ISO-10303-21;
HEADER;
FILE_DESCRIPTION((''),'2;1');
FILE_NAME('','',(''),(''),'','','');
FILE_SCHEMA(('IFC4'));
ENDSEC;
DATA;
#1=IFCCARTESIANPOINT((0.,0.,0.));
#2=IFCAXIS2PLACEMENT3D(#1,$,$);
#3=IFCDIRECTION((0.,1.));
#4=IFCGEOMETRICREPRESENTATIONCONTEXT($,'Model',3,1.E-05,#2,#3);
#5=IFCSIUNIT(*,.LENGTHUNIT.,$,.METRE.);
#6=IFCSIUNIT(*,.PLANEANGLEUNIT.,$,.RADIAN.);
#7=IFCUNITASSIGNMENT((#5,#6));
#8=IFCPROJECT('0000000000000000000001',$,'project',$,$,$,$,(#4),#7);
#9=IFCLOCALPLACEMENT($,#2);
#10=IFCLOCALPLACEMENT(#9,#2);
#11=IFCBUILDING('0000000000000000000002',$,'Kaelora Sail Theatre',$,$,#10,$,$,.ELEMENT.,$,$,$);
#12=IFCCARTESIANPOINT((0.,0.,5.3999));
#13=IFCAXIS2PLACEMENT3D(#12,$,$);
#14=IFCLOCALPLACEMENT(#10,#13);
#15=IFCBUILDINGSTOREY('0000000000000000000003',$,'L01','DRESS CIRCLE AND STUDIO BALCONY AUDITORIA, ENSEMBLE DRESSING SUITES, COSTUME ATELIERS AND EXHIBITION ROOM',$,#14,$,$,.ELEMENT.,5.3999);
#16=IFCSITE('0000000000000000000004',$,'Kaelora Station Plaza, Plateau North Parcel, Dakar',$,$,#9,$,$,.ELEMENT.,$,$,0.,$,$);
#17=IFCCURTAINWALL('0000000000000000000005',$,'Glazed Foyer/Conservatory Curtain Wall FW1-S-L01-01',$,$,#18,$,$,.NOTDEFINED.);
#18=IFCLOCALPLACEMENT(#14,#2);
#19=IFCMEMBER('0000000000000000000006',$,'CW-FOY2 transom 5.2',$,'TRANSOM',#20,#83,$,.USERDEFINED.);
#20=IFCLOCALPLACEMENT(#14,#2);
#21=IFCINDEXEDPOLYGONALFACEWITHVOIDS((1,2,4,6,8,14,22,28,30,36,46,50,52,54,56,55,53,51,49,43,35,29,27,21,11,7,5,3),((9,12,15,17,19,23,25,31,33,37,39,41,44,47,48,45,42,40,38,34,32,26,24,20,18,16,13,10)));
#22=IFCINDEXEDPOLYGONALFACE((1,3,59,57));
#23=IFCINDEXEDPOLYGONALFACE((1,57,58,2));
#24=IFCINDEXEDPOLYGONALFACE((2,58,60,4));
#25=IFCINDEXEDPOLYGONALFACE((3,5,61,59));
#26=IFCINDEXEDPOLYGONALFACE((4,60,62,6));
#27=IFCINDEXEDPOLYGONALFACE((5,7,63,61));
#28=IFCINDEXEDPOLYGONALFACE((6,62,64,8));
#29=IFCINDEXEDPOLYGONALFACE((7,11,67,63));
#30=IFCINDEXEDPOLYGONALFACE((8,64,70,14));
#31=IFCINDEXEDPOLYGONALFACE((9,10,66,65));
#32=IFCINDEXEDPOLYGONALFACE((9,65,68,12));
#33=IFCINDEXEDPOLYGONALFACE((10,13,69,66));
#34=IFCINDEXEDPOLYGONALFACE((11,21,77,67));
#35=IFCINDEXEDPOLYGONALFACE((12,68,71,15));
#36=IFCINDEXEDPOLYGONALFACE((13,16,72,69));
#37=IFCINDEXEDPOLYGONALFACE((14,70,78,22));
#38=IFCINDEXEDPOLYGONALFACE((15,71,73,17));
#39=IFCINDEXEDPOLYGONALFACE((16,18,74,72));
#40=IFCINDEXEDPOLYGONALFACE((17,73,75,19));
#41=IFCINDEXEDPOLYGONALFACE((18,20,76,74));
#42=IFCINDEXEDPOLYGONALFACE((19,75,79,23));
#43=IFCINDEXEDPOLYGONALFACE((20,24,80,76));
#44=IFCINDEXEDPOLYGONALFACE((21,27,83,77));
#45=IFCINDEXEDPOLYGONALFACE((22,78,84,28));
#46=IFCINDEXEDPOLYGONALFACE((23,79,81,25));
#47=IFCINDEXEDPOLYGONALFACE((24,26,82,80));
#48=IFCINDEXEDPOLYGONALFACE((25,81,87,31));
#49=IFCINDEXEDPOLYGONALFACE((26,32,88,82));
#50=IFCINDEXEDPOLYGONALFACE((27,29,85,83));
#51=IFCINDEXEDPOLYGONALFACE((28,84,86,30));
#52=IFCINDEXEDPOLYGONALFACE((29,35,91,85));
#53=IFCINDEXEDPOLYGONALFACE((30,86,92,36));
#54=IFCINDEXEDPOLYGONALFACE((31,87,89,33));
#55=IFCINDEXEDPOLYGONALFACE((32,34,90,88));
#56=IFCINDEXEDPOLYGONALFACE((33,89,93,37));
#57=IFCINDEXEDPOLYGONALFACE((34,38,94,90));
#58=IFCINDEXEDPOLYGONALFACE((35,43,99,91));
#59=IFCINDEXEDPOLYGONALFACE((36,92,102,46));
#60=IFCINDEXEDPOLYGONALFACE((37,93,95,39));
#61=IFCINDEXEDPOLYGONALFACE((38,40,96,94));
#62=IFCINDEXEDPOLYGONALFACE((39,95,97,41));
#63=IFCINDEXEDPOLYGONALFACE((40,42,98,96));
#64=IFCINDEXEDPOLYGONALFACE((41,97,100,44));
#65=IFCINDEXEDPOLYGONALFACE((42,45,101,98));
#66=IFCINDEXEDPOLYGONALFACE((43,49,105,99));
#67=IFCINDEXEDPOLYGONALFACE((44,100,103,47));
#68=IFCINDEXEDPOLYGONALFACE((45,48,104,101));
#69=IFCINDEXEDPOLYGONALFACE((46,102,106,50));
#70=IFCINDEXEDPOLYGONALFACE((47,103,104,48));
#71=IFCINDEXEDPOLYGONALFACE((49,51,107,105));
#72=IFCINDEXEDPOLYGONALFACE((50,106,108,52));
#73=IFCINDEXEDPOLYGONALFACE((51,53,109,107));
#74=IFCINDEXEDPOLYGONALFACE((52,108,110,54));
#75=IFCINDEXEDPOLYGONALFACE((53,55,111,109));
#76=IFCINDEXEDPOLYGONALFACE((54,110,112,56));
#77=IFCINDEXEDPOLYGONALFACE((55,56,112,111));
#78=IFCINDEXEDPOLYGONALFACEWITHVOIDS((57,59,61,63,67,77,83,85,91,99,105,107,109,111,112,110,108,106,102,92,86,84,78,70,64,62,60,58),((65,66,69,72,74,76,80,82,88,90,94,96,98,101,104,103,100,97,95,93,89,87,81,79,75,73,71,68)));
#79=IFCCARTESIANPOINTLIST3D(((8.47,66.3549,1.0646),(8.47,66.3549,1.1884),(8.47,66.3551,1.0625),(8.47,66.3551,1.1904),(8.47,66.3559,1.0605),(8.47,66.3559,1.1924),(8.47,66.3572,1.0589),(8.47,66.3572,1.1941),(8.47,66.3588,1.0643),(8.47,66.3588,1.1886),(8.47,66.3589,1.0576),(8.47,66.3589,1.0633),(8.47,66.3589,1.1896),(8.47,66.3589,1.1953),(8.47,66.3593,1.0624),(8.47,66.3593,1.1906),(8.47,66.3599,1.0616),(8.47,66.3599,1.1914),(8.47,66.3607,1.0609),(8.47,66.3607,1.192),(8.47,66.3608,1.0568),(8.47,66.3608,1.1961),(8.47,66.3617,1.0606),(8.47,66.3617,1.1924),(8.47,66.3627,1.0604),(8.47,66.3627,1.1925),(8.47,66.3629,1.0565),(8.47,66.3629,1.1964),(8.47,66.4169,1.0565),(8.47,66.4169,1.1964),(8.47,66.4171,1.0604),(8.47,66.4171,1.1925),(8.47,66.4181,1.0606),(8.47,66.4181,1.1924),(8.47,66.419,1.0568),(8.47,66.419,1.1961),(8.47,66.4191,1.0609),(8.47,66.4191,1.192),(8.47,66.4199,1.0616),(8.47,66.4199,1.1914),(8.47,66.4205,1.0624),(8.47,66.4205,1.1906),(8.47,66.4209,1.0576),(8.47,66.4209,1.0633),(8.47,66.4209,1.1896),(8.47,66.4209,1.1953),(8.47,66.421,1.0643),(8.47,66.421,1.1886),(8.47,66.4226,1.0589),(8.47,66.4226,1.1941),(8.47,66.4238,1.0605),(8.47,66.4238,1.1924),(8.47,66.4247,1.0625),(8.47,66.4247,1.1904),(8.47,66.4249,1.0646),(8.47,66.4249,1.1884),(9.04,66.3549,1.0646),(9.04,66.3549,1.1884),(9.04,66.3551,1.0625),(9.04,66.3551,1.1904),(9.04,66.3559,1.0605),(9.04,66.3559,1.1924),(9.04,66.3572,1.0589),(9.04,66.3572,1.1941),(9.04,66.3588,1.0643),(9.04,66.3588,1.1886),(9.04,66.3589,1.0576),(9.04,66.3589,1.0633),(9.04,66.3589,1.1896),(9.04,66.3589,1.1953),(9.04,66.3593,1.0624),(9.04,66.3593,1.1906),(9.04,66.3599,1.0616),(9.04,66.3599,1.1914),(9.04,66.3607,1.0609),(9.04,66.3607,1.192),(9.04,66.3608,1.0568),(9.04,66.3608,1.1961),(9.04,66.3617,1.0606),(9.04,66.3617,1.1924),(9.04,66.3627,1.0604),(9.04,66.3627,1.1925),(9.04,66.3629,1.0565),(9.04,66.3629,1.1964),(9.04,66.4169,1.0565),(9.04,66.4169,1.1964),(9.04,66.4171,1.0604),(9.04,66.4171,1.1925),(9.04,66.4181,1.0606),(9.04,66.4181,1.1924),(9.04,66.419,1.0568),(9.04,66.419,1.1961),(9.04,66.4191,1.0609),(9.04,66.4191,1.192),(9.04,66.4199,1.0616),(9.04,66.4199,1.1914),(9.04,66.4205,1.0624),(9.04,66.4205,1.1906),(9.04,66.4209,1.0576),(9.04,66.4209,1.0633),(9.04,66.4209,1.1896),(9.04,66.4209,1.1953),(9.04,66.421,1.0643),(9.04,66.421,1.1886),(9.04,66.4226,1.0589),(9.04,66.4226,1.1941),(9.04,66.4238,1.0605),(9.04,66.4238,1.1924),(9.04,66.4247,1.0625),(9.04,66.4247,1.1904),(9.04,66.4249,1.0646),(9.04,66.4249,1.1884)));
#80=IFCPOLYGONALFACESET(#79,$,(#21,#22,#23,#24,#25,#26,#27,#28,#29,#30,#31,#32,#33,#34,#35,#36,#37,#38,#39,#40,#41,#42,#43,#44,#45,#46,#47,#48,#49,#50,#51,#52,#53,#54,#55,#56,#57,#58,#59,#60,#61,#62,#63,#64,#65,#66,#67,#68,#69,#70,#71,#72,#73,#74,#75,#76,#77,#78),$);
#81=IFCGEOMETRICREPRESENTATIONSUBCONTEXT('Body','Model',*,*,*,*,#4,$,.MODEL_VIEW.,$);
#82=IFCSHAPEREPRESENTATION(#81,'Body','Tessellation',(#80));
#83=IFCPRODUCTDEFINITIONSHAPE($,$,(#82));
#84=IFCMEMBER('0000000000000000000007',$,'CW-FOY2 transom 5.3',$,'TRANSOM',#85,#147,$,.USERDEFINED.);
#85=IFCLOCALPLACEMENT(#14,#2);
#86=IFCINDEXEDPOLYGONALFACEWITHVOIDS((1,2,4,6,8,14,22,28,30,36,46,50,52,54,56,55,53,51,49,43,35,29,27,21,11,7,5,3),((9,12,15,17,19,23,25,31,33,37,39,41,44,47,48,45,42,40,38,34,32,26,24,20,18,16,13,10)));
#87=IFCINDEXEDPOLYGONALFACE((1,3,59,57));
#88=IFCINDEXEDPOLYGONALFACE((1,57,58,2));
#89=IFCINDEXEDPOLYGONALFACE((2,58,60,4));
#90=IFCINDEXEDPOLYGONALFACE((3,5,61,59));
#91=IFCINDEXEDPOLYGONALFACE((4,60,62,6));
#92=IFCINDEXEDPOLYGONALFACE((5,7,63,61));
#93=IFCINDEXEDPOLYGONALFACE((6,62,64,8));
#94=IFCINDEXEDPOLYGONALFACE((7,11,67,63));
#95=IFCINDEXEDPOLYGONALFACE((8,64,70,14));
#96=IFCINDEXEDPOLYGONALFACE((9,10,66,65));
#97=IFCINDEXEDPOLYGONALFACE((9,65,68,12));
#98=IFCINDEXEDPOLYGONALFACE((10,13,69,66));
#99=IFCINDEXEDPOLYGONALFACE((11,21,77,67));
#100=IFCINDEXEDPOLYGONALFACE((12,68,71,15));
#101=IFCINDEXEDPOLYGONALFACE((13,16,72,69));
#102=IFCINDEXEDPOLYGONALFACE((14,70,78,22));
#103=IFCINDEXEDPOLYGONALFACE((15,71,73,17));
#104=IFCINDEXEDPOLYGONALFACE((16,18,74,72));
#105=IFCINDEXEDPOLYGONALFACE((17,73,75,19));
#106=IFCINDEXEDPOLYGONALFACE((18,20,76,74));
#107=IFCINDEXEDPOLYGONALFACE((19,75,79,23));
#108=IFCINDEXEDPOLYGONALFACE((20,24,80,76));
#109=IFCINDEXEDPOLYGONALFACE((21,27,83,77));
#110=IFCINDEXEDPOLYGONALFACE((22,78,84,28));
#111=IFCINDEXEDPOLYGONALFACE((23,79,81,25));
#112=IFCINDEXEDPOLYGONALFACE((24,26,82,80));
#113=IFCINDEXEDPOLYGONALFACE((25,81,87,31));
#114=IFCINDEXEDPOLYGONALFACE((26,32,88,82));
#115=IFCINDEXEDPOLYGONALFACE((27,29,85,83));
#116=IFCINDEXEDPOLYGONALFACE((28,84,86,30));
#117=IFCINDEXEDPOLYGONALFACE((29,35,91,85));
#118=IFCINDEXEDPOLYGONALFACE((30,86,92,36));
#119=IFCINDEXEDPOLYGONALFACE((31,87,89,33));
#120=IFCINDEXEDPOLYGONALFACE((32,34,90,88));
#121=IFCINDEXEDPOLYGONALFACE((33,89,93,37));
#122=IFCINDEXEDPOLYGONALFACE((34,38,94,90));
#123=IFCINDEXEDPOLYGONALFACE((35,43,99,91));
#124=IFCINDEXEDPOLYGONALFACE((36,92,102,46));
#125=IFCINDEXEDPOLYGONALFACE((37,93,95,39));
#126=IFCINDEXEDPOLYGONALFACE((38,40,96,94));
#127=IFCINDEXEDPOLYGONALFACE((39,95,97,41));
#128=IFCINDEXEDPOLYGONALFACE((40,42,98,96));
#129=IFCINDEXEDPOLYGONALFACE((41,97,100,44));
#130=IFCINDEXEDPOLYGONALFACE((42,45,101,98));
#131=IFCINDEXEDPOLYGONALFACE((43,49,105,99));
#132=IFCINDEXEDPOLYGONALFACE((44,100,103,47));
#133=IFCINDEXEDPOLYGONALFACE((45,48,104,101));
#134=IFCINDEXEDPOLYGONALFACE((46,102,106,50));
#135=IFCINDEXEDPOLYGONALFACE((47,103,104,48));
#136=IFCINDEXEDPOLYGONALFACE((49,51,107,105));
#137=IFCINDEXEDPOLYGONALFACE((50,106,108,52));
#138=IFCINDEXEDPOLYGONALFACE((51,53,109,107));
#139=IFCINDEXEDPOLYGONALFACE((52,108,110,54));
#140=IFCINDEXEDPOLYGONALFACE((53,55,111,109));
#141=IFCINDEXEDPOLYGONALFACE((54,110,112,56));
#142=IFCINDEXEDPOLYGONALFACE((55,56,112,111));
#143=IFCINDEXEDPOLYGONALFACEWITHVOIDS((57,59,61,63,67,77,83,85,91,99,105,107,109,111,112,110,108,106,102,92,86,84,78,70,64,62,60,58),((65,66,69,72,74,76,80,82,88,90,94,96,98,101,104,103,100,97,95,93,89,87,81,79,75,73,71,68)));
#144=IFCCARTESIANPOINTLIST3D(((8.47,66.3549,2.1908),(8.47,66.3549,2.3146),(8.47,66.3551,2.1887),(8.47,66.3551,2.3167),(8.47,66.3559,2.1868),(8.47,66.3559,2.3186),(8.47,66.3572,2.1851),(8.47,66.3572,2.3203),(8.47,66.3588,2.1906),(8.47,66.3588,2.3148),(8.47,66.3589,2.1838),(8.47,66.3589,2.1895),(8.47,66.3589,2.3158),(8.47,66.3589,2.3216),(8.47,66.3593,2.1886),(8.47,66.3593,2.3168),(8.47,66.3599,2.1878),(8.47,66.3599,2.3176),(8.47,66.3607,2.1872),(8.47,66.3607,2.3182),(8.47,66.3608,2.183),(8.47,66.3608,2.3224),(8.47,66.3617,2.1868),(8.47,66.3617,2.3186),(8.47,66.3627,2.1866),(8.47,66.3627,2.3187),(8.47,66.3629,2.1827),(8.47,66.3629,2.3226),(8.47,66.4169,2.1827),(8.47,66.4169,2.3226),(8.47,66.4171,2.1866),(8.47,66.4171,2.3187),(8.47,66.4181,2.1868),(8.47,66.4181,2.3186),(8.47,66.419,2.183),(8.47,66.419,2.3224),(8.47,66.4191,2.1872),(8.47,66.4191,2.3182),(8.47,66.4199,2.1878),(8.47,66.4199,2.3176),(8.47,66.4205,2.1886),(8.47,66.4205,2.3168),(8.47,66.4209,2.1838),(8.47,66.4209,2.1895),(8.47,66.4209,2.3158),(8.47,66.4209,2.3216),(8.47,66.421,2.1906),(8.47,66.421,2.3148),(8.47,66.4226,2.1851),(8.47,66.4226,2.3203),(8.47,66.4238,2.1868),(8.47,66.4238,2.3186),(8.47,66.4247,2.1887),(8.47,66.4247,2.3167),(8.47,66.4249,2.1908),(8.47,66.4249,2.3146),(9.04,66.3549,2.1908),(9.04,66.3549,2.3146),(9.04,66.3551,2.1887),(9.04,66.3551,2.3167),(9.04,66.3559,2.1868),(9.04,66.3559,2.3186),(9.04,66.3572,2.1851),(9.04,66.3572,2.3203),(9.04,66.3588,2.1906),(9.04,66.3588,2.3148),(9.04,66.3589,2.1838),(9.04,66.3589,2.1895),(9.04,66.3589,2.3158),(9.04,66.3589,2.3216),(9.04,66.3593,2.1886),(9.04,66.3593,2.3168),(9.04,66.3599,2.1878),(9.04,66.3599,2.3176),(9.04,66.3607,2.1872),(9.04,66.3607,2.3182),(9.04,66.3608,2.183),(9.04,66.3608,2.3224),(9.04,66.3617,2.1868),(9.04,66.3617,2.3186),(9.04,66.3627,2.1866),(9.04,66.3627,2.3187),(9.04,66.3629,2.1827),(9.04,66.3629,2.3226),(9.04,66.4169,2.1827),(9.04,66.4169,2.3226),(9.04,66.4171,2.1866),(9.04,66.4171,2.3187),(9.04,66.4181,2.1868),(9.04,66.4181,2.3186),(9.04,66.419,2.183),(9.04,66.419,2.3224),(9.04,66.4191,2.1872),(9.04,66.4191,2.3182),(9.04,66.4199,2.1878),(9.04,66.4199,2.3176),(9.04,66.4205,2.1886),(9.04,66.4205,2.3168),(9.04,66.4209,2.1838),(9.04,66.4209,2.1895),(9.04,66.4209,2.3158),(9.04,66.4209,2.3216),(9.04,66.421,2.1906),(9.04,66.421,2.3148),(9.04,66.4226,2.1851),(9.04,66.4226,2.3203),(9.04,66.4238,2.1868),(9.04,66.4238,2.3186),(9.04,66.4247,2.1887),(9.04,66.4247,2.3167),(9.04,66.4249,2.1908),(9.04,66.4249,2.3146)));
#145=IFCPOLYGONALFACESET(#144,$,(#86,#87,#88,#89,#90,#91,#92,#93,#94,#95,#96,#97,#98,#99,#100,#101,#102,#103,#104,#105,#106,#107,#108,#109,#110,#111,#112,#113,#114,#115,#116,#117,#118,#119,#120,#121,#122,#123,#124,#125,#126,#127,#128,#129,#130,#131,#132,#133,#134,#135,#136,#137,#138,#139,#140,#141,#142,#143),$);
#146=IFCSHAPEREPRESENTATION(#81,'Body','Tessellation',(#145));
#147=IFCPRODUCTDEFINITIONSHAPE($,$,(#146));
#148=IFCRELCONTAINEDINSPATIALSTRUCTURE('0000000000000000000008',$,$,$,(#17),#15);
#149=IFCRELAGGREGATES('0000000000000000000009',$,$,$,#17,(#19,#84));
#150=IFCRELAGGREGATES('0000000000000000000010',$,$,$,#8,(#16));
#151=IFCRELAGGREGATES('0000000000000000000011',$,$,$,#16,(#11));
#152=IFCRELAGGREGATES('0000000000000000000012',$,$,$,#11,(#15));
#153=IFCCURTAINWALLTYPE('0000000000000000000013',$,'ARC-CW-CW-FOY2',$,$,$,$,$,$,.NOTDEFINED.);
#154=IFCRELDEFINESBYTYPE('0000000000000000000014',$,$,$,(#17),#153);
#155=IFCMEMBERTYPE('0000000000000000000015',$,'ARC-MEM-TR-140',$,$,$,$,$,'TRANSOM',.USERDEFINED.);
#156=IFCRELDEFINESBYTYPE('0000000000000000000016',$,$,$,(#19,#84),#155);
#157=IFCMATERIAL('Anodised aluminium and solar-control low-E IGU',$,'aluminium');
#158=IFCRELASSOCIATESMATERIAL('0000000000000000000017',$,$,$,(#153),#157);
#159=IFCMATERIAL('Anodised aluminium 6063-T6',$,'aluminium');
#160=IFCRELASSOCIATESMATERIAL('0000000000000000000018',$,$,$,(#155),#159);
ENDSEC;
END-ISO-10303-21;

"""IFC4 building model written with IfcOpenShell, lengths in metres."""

from ifc_helpers import new_model, si_unit, direction, frame, origin, origin_2d, place, context, subcontext, project, spatial, hollow_rectangle, extrude, material, material_profile, profile_set, type_object, element, aggregate, save


model = new_model("IFC4")

# Units and contexts
model_context = context("Model", 3, precision=1e-05, world=origin(), true_north=direction((0.0, 1.0)))
body_context = subcontext(model_context, "Body", "Model", "MODEL_VIEW")
ifc_project = project(units=[si_unit("LENGTHUNIT", "METRE"), si_unit("PLANEANGLEUNIT", "RADIAN")], contexts=[model_context])

# Site, building, storey
site_placement = place(None, origin())
site = spatial("IfcSite", under=ifc_project, at=site_placement, Name="Kaelora Station Plaza, Plateau North Parcel, Dakar", CompositionType="ELEMENT", RefElevation=0.0)
building_placement = place(site_placement, origin())
building = spatial("IfcBuilding", under=site, at=building_placement, Name="Kaelora Sail Theatre", CompositionType="ELEMENT")
storey_placement = place(building_placement, frame((0.0, 0.0, 5.3999)))
storey = spatial("IfcBuildingStorey", under=building, at=storey_placement, Name="L01", Description="DRESS CIRCLE AND STUDIO BALCONY AUDITORIA, ENSEMBLE DRESSING SUITES, COSTUME ATELIERS AND EXHIBITION ROOM", CompositionType="ELEMENT", Elevation=5.3999)

# Curtain wall
ifc_material_1 = material(Name="Anodised aluminium and solar-control low-E IGU", Category="aluminium")
curtain_wall_type = type_object("IfcCurtainWallType", Name="ARC-CW-CW-FOY2", PredefinedType="NOTDEFINED", material=ifc_material_1)
curtain_wall_1_placement = place(storey_placement, origin())
curtain_wall_1 = element("IfcCurtainWall", 1, at=curtain_wall_1_placement, inside=storey, type_object=curtain_wall_type, Name="Glazed Foyer/Conservatory Curtain Wall FW1-S-L01-01", PredefinedType="NOTDEFINED")

# Members
ifc_material_2 = material(Name="Anodised aluminium 6063-T6", Category="aluminium")
ifc_material_profile_1 = material_profile(ifc_material_2, hollow_rectangle(XDim=0.0701, YDim=0.1399, WallThickness=0.0039, InnerFilletRadius=0.0039, OuterFilletRadius=0.0081, at=origin_2d()), Name="ALU-TRAN 70x140x4")
ifc_profile_set_1 = profile_set([ifc_material_profile_1], Name="Anodised aluminium 6063-T6")
member_type_1 = type_object("IfcMemberType", Name="ARC-MEM-TR-140", ElementType="TRANSOM", PredefinedType="USERDEFINED", material=ifc_profile_set_1)
member_1_placement = place(storey_placement, frame((8.47, 66.3899, 1.1265), z_axis=(1.0, 0.0, 0.0), x_axis=(0.0, 1.0, 0.0)))
member_1 = element("IfcMember", 2, at=member_1_placement, type_object=member_type_1, Name="CW-FOY2 transom 5.2", ObjectType="TRANSOM", PredefinedType="USERDEFINED", context=body_context, shape_type="SweptSolid", body=[
    extrude(hollow_rectangle(XDim=0.0701, YDim=0.1399, WallThickness=0.0039, InnerFilletRadius=0.0039, OuterFilletRadius=0.0081, at=origin_2d()), origin(), (0.0, 0.0, 1.0), 0.5701),
])
member_2_placement = place(storey_placement, frame((8.47, 66.3899, 2.2527), z_axis=(1.0, 0.0, 0.0), x_axis=(0.0, 1.0, 0.0)))
member_2 = element("IfcMember", 3, at=member_2_placement, type_object=member_type_1, Name="CW-FOY2 transom 5.3", ObjectType="TRANSOM", PredefinedType="USERDEFINED", context=body_context, shape_type="SweptSolid", body=[
    extrude(hollow_rectangle(XDim=0.0701, YDim=0.1399, WallThickness=0.0039, InnerFilletRadius=0.0039, OuterFilletRadius=0.0081, at=origin_2d()), origin(), (0.0, 0.0, 1.0), 0.5701),
])

aggregate(curtain_wall_1, [member_1, member_2])

save(model, "model.ifc")
